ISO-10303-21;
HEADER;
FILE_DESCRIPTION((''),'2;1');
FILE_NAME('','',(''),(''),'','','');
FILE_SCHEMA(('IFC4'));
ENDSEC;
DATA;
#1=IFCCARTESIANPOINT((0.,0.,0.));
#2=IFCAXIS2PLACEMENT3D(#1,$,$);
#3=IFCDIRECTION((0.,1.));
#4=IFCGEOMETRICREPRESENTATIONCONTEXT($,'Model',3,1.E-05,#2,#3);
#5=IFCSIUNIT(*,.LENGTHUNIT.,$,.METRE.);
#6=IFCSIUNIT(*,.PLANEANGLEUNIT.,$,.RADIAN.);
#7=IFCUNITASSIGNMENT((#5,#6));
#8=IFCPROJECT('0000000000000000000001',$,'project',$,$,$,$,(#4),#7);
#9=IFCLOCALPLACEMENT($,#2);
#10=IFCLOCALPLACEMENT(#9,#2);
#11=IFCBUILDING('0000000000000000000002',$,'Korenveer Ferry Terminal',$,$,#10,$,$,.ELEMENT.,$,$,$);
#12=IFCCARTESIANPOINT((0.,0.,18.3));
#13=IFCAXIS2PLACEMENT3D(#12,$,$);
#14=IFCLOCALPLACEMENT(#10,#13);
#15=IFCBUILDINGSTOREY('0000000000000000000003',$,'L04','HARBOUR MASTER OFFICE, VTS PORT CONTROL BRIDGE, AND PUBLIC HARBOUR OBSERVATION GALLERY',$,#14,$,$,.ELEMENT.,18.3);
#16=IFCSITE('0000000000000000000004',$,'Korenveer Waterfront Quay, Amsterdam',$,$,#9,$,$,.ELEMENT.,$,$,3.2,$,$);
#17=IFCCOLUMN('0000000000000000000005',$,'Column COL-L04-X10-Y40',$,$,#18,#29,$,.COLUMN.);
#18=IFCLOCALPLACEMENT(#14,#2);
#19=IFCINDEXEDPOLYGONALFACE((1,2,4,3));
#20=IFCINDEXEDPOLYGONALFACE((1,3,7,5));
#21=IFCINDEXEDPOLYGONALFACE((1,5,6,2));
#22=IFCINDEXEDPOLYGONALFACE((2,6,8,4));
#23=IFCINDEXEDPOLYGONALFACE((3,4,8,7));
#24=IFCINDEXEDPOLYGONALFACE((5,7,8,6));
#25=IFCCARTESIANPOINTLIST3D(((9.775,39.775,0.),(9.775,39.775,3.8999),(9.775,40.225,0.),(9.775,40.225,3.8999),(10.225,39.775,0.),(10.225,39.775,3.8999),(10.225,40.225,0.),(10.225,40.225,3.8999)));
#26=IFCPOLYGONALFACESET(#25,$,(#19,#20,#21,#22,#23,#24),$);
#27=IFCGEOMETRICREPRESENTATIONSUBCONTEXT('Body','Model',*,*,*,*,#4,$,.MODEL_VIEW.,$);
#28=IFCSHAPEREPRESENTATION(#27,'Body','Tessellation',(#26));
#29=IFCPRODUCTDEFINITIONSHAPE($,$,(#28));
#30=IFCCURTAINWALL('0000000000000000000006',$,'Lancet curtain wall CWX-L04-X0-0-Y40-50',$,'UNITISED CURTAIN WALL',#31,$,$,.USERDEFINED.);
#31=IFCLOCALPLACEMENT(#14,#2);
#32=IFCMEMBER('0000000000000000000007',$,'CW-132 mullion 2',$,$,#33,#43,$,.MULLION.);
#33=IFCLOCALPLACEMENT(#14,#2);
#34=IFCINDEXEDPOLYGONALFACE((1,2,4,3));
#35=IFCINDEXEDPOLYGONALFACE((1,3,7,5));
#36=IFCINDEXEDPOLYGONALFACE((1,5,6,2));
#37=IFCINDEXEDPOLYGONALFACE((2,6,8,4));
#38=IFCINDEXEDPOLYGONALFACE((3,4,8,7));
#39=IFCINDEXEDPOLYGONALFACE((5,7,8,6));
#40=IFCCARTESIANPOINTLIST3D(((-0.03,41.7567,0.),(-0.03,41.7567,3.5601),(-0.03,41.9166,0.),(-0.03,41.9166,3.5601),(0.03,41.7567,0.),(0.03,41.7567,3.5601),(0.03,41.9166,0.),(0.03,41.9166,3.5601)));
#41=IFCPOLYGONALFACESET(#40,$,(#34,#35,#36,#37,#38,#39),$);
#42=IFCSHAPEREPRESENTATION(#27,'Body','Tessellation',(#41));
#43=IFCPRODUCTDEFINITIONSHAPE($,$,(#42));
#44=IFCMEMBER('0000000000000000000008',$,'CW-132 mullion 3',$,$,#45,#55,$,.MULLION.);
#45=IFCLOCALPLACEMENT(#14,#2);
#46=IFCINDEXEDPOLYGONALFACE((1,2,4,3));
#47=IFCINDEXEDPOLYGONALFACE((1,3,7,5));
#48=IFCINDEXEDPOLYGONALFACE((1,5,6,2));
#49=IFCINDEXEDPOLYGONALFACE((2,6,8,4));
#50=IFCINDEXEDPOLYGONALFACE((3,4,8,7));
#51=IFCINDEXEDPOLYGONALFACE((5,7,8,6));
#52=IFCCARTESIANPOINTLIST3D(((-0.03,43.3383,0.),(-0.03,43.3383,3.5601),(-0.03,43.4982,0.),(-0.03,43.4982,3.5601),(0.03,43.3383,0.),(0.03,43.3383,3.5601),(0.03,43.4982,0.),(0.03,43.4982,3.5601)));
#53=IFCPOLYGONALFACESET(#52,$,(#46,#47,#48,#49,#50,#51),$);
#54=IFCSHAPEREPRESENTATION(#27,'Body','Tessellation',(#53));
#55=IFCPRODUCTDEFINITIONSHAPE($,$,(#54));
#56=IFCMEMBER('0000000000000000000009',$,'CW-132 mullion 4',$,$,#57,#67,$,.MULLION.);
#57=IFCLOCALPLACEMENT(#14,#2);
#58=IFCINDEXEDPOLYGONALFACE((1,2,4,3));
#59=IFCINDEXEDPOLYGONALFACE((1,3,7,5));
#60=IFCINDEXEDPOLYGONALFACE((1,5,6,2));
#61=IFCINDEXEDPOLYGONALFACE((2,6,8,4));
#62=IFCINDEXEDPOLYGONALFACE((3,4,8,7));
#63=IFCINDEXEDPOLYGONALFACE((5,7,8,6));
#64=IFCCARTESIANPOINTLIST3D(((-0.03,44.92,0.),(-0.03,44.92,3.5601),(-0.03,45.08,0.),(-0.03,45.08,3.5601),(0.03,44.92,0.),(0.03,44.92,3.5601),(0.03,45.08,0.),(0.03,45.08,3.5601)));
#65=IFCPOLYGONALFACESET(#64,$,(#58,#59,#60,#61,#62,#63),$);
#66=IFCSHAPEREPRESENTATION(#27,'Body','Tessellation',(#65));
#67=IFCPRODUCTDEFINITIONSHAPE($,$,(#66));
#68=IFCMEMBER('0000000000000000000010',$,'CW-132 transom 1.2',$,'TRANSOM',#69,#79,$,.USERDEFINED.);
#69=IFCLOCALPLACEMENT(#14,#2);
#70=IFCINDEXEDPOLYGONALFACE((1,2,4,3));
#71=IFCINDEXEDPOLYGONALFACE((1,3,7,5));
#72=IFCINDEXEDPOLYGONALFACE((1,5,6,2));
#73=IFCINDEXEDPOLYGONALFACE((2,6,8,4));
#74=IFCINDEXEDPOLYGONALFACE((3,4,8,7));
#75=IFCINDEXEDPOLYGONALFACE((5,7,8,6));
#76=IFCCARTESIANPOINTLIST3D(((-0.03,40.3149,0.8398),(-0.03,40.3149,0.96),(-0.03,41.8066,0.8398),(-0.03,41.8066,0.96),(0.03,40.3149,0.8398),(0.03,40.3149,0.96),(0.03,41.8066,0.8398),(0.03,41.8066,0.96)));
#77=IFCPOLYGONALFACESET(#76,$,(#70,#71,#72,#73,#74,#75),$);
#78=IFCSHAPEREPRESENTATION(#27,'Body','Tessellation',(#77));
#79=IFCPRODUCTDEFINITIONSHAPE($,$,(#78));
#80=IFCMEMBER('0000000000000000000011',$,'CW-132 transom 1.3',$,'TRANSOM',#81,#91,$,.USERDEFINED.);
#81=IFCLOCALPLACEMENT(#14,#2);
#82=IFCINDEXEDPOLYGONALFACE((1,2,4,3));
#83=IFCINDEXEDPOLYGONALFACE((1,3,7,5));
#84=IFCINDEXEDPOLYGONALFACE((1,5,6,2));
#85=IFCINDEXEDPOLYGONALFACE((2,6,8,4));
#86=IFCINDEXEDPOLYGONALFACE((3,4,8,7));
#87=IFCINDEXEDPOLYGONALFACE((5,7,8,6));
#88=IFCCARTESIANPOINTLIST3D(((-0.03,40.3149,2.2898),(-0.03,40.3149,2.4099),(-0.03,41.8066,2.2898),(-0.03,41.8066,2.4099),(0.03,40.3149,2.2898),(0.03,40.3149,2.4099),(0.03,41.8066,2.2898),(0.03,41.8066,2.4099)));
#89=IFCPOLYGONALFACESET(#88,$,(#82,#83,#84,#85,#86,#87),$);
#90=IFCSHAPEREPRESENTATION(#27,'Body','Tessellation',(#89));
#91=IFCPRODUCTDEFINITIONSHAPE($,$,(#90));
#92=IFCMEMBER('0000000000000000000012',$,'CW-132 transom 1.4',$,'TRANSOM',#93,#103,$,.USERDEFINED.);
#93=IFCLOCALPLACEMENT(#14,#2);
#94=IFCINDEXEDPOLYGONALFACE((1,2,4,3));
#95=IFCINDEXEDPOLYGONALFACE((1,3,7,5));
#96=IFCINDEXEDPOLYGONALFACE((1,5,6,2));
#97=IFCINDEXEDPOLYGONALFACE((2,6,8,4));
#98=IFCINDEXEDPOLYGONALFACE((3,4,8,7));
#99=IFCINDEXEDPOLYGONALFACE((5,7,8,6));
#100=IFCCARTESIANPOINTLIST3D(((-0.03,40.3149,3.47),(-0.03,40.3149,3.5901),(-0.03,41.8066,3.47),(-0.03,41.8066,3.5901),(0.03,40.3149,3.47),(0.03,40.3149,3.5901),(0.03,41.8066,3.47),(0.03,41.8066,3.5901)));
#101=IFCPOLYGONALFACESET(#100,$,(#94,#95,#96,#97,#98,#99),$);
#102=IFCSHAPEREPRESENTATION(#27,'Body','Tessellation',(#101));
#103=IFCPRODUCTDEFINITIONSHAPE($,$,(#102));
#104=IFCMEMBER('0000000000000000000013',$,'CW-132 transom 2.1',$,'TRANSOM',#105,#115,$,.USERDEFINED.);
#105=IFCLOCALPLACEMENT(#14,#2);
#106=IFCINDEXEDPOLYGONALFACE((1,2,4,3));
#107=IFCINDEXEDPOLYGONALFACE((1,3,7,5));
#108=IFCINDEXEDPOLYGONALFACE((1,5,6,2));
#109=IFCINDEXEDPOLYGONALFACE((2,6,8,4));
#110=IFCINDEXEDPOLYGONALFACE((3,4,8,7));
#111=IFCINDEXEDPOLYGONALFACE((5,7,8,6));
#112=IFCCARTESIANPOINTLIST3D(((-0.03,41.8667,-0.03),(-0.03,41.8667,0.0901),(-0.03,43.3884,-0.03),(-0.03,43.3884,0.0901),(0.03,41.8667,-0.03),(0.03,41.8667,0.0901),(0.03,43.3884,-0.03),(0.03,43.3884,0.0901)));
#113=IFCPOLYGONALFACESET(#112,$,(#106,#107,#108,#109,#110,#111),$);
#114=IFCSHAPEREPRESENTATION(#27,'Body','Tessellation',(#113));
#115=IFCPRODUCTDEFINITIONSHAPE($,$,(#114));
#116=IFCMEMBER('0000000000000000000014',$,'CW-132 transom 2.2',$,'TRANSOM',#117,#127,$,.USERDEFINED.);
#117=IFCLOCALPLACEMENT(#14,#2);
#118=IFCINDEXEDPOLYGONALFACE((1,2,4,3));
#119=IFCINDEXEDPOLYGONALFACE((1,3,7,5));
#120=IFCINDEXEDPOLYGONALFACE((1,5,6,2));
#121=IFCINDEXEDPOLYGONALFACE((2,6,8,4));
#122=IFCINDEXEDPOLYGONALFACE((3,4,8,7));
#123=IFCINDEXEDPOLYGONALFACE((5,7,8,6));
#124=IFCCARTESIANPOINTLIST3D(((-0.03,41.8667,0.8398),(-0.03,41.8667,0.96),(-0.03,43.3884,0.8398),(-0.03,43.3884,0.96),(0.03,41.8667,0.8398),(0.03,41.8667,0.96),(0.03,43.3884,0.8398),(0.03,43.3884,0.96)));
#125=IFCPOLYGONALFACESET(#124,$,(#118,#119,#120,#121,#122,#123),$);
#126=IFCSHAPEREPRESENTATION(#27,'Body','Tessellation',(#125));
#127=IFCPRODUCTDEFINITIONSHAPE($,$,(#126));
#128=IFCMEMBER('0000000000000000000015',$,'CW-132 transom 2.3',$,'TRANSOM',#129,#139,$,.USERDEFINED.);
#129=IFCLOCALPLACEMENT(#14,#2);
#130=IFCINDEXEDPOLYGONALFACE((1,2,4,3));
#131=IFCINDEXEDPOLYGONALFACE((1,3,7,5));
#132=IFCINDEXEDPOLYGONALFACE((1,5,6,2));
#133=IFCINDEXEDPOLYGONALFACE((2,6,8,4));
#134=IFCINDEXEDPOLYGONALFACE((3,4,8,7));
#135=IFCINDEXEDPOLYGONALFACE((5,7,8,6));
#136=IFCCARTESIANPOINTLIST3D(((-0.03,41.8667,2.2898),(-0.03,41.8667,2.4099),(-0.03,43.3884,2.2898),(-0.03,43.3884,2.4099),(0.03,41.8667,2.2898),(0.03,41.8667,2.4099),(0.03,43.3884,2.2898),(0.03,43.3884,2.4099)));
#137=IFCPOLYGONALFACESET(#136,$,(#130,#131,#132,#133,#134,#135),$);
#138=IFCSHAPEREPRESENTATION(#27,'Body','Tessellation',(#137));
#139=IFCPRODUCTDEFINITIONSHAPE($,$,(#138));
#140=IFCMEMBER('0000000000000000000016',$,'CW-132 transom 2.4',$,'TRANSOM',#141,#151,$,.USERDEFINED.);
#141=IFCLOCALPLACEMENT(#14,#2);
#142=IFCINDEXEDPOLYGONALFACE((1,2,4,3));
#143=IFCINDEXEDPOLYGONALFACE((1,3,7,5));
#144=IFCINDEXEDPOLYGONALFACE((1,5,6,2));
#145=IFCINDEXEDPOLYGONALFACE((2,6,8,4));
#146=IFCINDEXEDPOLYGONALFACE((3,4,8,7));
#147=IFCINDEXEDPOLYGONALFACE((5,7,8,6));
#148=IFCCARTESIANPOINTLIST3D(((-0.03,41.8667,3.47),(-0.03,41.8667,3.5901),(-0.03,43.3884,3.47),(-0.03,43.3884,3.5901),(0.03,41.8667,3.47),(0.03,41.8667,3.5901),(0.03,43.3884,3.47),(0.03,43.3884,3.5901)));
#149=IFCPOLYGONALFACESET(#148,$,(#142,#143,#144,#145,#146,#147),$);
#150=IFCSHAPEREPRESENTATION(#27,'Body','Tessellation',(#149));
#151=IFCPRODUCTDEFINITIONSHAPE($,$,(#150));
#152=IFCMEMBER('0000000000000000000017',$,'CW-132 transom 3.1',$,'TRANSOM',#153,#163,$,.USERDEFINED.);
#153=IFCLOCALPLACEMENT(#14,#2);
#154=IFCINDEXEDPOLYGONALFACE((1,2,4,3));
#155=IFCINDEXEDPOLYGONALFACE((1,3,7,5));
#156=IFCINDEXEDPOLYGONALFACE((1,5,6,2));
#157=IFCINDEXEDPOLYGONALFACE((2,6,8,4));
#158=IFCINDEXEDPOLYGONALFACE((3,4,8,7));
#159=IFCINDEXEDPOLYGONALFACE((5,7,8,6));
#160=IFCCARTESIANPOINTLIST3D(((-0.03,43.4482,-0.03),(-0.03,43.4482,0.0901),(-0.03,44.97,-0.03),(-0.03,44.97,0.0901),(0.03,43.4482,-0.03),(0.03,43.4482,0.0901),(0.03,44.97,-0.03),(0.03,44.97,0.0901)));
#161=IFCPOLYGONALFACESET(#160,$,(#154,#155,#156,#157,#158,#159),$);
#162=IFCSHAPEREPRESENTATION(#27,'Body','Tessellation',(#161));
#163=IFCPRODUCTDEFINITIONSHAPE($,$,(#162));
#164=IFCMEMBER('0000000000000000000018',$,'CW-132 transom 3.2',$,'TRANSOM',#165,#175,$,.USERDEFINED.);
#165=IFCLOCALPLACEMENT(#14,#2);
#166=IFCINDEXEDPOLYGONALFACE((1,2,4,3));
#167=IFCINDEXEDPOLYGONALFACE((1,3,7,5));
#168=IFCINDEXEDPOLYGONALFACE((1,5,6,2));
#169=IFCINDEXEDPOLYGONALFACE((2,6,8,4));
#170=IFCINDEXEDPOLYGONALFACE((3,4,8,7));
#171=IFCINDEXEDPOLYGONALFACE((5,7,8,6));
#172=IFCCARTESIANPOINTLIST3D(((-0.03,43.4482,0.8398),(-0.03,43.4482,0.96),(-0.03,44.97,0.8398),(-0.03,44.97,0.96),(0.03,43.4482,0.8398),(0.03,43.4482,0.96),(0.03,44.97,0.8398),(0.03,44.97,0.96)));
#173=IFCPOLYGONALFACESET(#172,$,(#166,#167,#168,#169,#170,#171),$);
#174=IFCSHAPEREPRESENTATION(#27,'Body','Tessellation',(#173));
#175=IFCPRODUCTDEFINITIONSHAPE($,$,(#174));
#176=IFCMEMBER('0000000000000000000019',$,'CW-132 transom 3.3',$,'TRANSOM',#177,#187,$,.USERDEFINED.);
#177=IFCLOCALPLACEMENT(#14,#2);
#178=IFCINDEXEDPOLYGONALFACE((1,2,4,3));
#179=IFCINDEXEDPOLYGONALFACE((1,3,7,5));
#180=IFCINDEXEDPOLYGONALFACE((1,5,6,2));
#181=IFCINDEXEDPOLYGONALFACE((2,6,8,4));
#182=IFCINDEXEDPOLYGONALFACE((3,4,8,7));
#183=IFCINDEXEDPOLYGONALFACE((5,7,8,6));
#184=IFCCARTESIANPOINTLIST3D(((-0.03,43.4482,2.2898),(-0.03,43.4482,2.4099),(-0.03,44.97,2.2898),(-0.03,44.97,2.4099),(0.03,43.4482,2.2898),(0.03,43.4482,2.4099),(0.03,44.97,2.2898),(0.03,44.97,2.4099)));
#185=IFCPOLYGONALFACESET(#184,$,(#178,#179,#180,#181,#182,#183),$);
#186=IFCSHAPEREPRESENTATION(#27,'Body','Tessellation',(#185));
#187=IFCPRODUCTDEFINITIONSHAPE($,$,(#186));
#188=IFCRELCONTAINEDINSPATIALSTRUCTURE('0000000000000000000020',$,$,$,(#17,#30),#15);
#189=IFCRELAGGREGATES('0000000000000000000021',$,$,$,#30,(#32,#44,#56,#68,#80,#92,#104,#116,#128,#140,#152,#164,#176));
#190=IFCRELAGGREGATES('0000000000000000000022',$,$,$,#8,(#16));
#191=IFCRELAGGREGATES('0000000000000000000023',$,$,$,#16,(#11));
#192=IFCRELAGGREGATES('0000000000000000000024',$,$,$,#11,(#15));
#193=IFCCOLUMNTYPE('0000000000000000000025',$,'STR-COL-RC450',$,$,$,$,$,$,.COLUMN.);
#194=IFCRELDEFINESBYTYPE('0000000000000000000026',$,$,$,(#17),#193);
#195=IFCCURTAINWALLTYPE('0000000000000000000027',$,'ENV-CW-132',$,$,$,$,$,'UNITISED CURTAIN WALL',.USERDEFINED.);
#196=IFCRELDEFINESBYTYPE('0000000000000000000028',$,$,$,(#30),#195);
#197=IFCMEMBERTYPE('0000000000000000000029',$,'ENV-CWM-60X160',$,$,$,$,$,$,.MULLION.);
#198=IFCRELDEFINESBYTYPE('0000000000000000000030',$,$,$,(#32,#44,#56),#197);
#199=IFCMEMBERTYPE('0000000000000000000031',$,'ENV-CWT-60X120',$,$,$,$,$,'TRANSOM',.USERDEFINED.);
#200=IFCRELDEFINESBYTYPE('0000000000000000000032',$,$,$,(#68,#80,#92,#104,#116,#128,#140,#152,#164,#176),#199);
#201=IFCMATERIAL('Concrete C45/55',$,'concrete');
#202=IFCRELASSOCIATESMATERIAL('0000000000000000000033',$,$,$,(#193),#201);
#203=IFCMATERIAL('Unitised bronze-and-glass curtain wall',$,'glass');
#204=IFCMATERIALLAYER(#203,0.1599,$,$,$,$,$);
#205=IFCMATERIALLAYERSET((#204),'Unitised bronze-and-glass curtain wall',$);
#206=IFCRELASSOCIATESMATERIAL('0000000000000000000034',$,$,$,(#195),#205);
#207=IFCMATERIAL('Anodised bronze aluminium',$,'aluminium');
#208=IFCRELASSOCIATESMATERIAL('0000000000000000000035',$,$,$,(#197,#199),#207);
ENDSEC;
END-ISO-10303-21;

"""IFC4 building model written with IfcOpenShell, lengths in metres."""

from ifc_helpers import new_model, si_unit, direction, frame, origin, origin_2d, place, context, subcontext, project, spatial, rectangle, extrude, material, layer, layer_set, material_profile, profile_set, type_object, element, aggregate, save


model = new_model("IFC4")

# Units and contexts
model_context = context("Model", 3, precision=1e-05, world=origin(), true_north=direction((0.0, 1.0)))
body_context = subcontext(model_context, "Body", "Model", "MODEL_VIEW")
ifc_project = project(units=[si_unit("LENGTHUNIT", "METRE"), si_unit("PLANEANGLEUNIT", "RADIAN")], contexts=[model_context])

# Site, building, storey
site_placement = place(None, origin())
site = spatial("IfcSite", under=ifc_project, at=site_placement, Name="Korenveer Waterfront Quay, Amsterdam", CompositionType="ELEMENT", RefElevation=3.2)
building_placement = place(site_placement, origin())
building = spatial("IfcBuilding", under=site, at=building_placement, Name="Korenveer Ferry Terminal", CompositionType="ELEMENT")
storey_placement = place(building_placement, frame((0.0, 0.0, 18.3)))
storey = spatial("IfcBuildingStorey", under=building, at=storey_placement, Name="L04", Description="HARBOUR MASTER OFFICE, VTS PORT CONTROL BRIDGE, AND PUBLIC HARBOUR OBSERVATION GALLERY", CompositionType="ELEMENT", Elevation=18.3)

# Column
ifc_material_1 = material(Name="Concrete C45/55", Category="concrete")
ifc_material_profile_1 = material_profile(ifc_material_1, rectangle(XDim=0.45, YDim=0.45, at=origin_2d()), Name="RC 450x450")
ifc_profile_set_1 = profile_set([ifc_material_profile_1], Name="Concrete C45/55")
column_type = type_object("IfcColumnType", Name="STR-COL-RC450", PredefinedType="COLUMN", material=ifc_profile_set_1)
column_placement = place(storey_placement, frame((10.0, 40.0, 0.0), z_axis=(0.0, 0.0, 1.0), x_axis=(1.0, 0.0, 0.0)))
element("IfcColumn", 1, at=column_placement, inside=storey, type_object=column_type, Name="Column COL-L04-X10-Y40", PredefinedType="COLUMN", context=body_context, shape_type="SweptSolid", body=[
    extrude(rectangle(XDim=0.45, YDim=0.45, at=origin_2d()), origin(), (0.0, 0.0, 1.0), 3.8999),
])

# Curtain wall, members
ifc_material_2 = material(Name="Unitised bronze-and-glass curtain wall", Category="glass")
ifc_layer_1 = layer(ifc_material_2, 0.1599)
ifc_layer_set_1 = layer_set([ifc_layer_1], Name="Unitised bronze-and-glass curtain wall")
curtain_wall_type = type_object("IfcCurtainWallType", Name="ENV-CW-132", ElementType="UNITISED CURTAIN WALL", PredefinedType="USERDEFINED", material=ifc_layer_set_1)
curtain_wall_placement = place(storey_placement, frame((0.0, 40.2549, 0.0)))
curtain_wall = element("IfcCurtainWall", 2, at=curtain_wall_placement, inside=storey, type_object=curtain_wall_type, Name="Lancet curtain wall CWX-L04-X0-0-Y40-50", ObjectType="UNITISED CURTAIN WALL", PredefinedType="USERDEFINED")
ifc_material_3 = material(Name="Anodised bronze aluminium", Category="aluminium")
ifc_material_profile_2 = material_profile(ifc_material_3, rectangle(XDim=0.0601, YDim=0.1599, at=origin_2d()), Name="ALU 60x160")
ifc_profile_set_2 = profile_set([ifc_material_profile_2], Name="Anodised bronze aluminium")
member_type_1 = type_object("IfcMemberType", Name="ENV-CWM-60X160", PredefinedType="MULLION", material=ifc_profile_set_2)
member_1_placement = place(storey_placement, frame((0.0, 41.8367, 0.0), z_axis=(0.0, 0.0, 1.0), x_axis=(-1.0, 0.0, 0.0)))
member_1 = element("IfcMember", 3, at=member_1_placement, type_object=member_type_1, Name="CW-132 mullion 2", PredefinedType="MULLION", context=body_context, shape_type="SweptSolid", body=[
    extrude(rectangle(XDim=0.0601, YDim=0.1599, at=origin_2d()), origin(), (0.0, 0.0, 1.0), 3.5601),
])
member_2_placement = place(storey_placement, frame((0.0, 43.4182, 0.0), z_axis=(0.0, 0.0, 1.0), x_axis=(-1.0, 0.0, 0.0)))
member_2 = element("IfcMember", 4, at=member_2_placement, type_object=member_type_1, Name="CW-132 mullion 3", PredefinedType="MULLION", context=body_context, shape_type="SweptSolid", body=[
    extrude(rectangle(XDim=0.0601, YDim=0.1599, at=origin_2d()), origin(), (0.0, 0.0, 1.0), 3.5601),
])
member_3_placement = place(storey_placement, frame((0.0, 45.0, 0.0), z_axis=(0.0, 0.0, 1.0), x_axis=(-1.0, 0.0, 0.0)))
member_3 = element("IfcMember", 5, at=member_3_placement, type_object=member_type_1, Name="CW-132 mullion 4", PredefinedType="MULLION", context=body_context, shape_type="SweptSolid", body=[
    extrude(rectangle(XDim=0.0601, YDim=0.1599, at=origin_2d()), origin(), (0.0, 0.0, 1.0), 3.5601),
])
ifc_material_profile_3 = material_profile(ifc_material_3, rectangle(XDim=0.0601, YDim=0.1201, at=origin_2d()), Name="ALU 60x120")
ifc_profile_set_3 = profile_set([ifc_material_profile_3], Name="Anodised bronze aluminium")
member_type_2 = type_object("IfcMemberType", Name="ENV-CWT-60X120", ElementType="TRANSOM", PredefinedType="USERDEFINED", material=ifc_profile_set_3)
member_4_placement = place(storey_placement, frame((0.0, 40.3149, 0.8999), z_axis=(0.0, 1.0, 0.0), x_axis=(-1.0, 0.0, 0.0)))
member_4 = element("IfcMember", 6, at=member_4_placement, type_object=member_type_2, Name="CW-132 transom 1.2", ObjectType="TRANSOM", PredefinedType="USERDEFINED", context=body_context, shape_type="SweptSolid", body=[
    extrude(rectangle(XDim=0.0601, YDim=0.1201, at=origin_2d()), origin(), (0.0, 0.0, 1.0), 1.4917),
])
member_5_placement = place(storey_placement, frame((0.0, 40.3149, 2.3499), z_axis=(0.0, 1.0, 0.0), x_axis=(-1.0, 0.0, 0.0)))
member_5 = element("IfcMember", 7, at=member_5_placement, type_object=member_type_2, Name="CW-132 transom 1.3", ObjectType="TRANSOM", PredefinedType="USERDEFINED", context=body_context, shape_type="SweptSolid", body=[
    extrude(rectangle(XDim=0.0601, YDim=0.1201, at=origin_2d()), origin(), (0.0, 0.0, 1.0), 1.4917),
])
member_6_placement = place(storey_placement, frame((0.0, 40.3149, 3.53), z_axis=(0.0, 1.0, 0.0), x_axis=(-1.0, 0.0, 0.0)))
member_6 = element("IfcMember", 8, at=member_6_placement, type_object=member_type_2, Name="CW-132 transom 1.4", ObjectType="TRANSOM", PredefinedType="USERDEFINED", context=body_context, shape_type="SweptSolid", body=[
    extrude(rectangle(XDim=0.0601, YDim=0.1201, at=origin_2d()), origin(), (0.0, 0.0, 1.0), 1.4917),
])
member_7_placement = place(storey_placement, frame((0.0, 41.8667, 0.03), z_axis=(0.0, 1.0, 0.0), x_axis=(-1.0, 0.0, 0.0)))
member_7 = element("IfcMember", 9, at=member_7_placement, type_object=member_type_2, Name="CW-132 transom 2.1", ObjectType="TRANSOM", PredefinedType="USERDEFINED", context=body_context, shape_type="SweptSolid", body=[
    extrude(rectangle(XDim=0.0601, YDim=0.1201, at=origin_2d()), origin(), (0.0, 0.0, 1.0), 1.5217),
])
member_8_placement = place(storey_placement, frame((0.0, 41.8667, 0.8999), z_axis=(0.0, 1.0, 0.0), x_axis=(-1.0, 0.0, 0.0)))
member_8 = element("IfcMember", 10, at=member_8_placement, type_object=member_type_2, Name="CW-132 transom 2.2", ObjectType="TRANSOM", PredefinedType="USERDEFINED", context=body_context, shape_type="SweptSolid", body=[
    extrude(rectangle(XDim=0.0601, YDim=0.1201, at=origin_2d()), origin(), (0.0, 0.0, 1.0), 1.5217),
])
member_9_placement = place(storey_placement, frame((0.0, 41.8667, 2.3499), z_axis=(0.0, 1.0, 0.0), x_axis=(-1.0, 0.0, 0.0)))
member_9 = element("IfcMember", 11, at=member_9_placement, type_object=member_type_2, Name="CW-132 transom 2.3", ObjectType="TRANSOM", PredefinedType="USERDEFINED", context=body_context, shape_type="SweptSolid", body=[
    extrude(rectangle(XDim=0.0601, YDim=0.1201, at=origin_2d()), origin(), (0.0, 0.0, 1.0), 1.5217),
])
member_10_placement = place(storey_placement, frame((0.0, 41.8667, 3.53), z_axis=(0.0, 1.0, 0.0), x_axis=(-1.0, 0.0, 0.0)))
member_10 = element("IfcMember", 12, at=member_10_placement, type_object=member_type_2, Name="CW-132 transom 2.4", ObjectType="TRANSOM", PredefinedType="USERDEFINED", context=body_context, shape_type="SweptSolid", body=[
    extrude(rectangle(XDim=0.0601, YDim=0.1201, at=origin_2d()), origin(), (0.0, 0.0, 1.0), 1.5217),
])
member_11_placement = place(storey_placement, frame((0.0, 43.4482, 0.03), z_axis=(0.0, 1.0, 0.0), x_axis=(-1.0, 0.0, 0.0)))
member_11 = element("IfcMember", 13, at=member_11_placement, type_object=member_type_2, Name="CW-132 transom 3.1", ObjectType="TRANSOM", PredefinedType="USERDEFINED", context=body_context, shape_type="SweptSolid", body=[
    extrude(rectangle(XDim=0.0601, YDim=0.1201, at=origin_2d()), origin(), (0.0, 0.0, 1.0), 1.5217),
])
member_12_placement = place(storey_placement, frame((0.0, 43.4482, 0.8999), z_axis=(0.0, 1.0, 0.0), x_axis=(-1.0, 0.0, 0.0)))
member_12 = element("IfcMember", 14, at=member_12_placement, type_object=member_type_2, Name="CW-132 transom 3.2", ObjectType="TRANSOM", PredefinedType="USERDEFINED", context=body_context, shape_type="SweptSolid", body=[
    extrude(rectangle(XDim=0.0601, YDim=0.1201, at=origin_2d()), origin(), (0.0, 0.0, 1.0), 1.5217),
])
member_13_placement = place(storey_placement, frame((0.0, 43.4482, 2.3499), z_axis=(0.0, 1.0, 0.0), x_axis=(-1.0, 0.0, 0.0)))
member_13 = element("IfcMember", 15, at=member_13_placement, type_object=member_type_2, Name="CW-132 transom 3.3", ObjectType="TRANSOM", PredefinedType="USERDEFINED", context=body_context, shape_type="SweptSolid", body=[
    extrude(rectangle(XDim=0.0601, YDim=0.1201, at=origin_2d()), origin(), (0.0, 0.0, 1.0), 1.5217),
])
aggregate(curtain_wall, [member_1, member_2, member_3, member_4, member_5, member_6, member_7, member_8, member_9, member_10, member_11, member_12, member_13])

save(model, "model.ifc")
